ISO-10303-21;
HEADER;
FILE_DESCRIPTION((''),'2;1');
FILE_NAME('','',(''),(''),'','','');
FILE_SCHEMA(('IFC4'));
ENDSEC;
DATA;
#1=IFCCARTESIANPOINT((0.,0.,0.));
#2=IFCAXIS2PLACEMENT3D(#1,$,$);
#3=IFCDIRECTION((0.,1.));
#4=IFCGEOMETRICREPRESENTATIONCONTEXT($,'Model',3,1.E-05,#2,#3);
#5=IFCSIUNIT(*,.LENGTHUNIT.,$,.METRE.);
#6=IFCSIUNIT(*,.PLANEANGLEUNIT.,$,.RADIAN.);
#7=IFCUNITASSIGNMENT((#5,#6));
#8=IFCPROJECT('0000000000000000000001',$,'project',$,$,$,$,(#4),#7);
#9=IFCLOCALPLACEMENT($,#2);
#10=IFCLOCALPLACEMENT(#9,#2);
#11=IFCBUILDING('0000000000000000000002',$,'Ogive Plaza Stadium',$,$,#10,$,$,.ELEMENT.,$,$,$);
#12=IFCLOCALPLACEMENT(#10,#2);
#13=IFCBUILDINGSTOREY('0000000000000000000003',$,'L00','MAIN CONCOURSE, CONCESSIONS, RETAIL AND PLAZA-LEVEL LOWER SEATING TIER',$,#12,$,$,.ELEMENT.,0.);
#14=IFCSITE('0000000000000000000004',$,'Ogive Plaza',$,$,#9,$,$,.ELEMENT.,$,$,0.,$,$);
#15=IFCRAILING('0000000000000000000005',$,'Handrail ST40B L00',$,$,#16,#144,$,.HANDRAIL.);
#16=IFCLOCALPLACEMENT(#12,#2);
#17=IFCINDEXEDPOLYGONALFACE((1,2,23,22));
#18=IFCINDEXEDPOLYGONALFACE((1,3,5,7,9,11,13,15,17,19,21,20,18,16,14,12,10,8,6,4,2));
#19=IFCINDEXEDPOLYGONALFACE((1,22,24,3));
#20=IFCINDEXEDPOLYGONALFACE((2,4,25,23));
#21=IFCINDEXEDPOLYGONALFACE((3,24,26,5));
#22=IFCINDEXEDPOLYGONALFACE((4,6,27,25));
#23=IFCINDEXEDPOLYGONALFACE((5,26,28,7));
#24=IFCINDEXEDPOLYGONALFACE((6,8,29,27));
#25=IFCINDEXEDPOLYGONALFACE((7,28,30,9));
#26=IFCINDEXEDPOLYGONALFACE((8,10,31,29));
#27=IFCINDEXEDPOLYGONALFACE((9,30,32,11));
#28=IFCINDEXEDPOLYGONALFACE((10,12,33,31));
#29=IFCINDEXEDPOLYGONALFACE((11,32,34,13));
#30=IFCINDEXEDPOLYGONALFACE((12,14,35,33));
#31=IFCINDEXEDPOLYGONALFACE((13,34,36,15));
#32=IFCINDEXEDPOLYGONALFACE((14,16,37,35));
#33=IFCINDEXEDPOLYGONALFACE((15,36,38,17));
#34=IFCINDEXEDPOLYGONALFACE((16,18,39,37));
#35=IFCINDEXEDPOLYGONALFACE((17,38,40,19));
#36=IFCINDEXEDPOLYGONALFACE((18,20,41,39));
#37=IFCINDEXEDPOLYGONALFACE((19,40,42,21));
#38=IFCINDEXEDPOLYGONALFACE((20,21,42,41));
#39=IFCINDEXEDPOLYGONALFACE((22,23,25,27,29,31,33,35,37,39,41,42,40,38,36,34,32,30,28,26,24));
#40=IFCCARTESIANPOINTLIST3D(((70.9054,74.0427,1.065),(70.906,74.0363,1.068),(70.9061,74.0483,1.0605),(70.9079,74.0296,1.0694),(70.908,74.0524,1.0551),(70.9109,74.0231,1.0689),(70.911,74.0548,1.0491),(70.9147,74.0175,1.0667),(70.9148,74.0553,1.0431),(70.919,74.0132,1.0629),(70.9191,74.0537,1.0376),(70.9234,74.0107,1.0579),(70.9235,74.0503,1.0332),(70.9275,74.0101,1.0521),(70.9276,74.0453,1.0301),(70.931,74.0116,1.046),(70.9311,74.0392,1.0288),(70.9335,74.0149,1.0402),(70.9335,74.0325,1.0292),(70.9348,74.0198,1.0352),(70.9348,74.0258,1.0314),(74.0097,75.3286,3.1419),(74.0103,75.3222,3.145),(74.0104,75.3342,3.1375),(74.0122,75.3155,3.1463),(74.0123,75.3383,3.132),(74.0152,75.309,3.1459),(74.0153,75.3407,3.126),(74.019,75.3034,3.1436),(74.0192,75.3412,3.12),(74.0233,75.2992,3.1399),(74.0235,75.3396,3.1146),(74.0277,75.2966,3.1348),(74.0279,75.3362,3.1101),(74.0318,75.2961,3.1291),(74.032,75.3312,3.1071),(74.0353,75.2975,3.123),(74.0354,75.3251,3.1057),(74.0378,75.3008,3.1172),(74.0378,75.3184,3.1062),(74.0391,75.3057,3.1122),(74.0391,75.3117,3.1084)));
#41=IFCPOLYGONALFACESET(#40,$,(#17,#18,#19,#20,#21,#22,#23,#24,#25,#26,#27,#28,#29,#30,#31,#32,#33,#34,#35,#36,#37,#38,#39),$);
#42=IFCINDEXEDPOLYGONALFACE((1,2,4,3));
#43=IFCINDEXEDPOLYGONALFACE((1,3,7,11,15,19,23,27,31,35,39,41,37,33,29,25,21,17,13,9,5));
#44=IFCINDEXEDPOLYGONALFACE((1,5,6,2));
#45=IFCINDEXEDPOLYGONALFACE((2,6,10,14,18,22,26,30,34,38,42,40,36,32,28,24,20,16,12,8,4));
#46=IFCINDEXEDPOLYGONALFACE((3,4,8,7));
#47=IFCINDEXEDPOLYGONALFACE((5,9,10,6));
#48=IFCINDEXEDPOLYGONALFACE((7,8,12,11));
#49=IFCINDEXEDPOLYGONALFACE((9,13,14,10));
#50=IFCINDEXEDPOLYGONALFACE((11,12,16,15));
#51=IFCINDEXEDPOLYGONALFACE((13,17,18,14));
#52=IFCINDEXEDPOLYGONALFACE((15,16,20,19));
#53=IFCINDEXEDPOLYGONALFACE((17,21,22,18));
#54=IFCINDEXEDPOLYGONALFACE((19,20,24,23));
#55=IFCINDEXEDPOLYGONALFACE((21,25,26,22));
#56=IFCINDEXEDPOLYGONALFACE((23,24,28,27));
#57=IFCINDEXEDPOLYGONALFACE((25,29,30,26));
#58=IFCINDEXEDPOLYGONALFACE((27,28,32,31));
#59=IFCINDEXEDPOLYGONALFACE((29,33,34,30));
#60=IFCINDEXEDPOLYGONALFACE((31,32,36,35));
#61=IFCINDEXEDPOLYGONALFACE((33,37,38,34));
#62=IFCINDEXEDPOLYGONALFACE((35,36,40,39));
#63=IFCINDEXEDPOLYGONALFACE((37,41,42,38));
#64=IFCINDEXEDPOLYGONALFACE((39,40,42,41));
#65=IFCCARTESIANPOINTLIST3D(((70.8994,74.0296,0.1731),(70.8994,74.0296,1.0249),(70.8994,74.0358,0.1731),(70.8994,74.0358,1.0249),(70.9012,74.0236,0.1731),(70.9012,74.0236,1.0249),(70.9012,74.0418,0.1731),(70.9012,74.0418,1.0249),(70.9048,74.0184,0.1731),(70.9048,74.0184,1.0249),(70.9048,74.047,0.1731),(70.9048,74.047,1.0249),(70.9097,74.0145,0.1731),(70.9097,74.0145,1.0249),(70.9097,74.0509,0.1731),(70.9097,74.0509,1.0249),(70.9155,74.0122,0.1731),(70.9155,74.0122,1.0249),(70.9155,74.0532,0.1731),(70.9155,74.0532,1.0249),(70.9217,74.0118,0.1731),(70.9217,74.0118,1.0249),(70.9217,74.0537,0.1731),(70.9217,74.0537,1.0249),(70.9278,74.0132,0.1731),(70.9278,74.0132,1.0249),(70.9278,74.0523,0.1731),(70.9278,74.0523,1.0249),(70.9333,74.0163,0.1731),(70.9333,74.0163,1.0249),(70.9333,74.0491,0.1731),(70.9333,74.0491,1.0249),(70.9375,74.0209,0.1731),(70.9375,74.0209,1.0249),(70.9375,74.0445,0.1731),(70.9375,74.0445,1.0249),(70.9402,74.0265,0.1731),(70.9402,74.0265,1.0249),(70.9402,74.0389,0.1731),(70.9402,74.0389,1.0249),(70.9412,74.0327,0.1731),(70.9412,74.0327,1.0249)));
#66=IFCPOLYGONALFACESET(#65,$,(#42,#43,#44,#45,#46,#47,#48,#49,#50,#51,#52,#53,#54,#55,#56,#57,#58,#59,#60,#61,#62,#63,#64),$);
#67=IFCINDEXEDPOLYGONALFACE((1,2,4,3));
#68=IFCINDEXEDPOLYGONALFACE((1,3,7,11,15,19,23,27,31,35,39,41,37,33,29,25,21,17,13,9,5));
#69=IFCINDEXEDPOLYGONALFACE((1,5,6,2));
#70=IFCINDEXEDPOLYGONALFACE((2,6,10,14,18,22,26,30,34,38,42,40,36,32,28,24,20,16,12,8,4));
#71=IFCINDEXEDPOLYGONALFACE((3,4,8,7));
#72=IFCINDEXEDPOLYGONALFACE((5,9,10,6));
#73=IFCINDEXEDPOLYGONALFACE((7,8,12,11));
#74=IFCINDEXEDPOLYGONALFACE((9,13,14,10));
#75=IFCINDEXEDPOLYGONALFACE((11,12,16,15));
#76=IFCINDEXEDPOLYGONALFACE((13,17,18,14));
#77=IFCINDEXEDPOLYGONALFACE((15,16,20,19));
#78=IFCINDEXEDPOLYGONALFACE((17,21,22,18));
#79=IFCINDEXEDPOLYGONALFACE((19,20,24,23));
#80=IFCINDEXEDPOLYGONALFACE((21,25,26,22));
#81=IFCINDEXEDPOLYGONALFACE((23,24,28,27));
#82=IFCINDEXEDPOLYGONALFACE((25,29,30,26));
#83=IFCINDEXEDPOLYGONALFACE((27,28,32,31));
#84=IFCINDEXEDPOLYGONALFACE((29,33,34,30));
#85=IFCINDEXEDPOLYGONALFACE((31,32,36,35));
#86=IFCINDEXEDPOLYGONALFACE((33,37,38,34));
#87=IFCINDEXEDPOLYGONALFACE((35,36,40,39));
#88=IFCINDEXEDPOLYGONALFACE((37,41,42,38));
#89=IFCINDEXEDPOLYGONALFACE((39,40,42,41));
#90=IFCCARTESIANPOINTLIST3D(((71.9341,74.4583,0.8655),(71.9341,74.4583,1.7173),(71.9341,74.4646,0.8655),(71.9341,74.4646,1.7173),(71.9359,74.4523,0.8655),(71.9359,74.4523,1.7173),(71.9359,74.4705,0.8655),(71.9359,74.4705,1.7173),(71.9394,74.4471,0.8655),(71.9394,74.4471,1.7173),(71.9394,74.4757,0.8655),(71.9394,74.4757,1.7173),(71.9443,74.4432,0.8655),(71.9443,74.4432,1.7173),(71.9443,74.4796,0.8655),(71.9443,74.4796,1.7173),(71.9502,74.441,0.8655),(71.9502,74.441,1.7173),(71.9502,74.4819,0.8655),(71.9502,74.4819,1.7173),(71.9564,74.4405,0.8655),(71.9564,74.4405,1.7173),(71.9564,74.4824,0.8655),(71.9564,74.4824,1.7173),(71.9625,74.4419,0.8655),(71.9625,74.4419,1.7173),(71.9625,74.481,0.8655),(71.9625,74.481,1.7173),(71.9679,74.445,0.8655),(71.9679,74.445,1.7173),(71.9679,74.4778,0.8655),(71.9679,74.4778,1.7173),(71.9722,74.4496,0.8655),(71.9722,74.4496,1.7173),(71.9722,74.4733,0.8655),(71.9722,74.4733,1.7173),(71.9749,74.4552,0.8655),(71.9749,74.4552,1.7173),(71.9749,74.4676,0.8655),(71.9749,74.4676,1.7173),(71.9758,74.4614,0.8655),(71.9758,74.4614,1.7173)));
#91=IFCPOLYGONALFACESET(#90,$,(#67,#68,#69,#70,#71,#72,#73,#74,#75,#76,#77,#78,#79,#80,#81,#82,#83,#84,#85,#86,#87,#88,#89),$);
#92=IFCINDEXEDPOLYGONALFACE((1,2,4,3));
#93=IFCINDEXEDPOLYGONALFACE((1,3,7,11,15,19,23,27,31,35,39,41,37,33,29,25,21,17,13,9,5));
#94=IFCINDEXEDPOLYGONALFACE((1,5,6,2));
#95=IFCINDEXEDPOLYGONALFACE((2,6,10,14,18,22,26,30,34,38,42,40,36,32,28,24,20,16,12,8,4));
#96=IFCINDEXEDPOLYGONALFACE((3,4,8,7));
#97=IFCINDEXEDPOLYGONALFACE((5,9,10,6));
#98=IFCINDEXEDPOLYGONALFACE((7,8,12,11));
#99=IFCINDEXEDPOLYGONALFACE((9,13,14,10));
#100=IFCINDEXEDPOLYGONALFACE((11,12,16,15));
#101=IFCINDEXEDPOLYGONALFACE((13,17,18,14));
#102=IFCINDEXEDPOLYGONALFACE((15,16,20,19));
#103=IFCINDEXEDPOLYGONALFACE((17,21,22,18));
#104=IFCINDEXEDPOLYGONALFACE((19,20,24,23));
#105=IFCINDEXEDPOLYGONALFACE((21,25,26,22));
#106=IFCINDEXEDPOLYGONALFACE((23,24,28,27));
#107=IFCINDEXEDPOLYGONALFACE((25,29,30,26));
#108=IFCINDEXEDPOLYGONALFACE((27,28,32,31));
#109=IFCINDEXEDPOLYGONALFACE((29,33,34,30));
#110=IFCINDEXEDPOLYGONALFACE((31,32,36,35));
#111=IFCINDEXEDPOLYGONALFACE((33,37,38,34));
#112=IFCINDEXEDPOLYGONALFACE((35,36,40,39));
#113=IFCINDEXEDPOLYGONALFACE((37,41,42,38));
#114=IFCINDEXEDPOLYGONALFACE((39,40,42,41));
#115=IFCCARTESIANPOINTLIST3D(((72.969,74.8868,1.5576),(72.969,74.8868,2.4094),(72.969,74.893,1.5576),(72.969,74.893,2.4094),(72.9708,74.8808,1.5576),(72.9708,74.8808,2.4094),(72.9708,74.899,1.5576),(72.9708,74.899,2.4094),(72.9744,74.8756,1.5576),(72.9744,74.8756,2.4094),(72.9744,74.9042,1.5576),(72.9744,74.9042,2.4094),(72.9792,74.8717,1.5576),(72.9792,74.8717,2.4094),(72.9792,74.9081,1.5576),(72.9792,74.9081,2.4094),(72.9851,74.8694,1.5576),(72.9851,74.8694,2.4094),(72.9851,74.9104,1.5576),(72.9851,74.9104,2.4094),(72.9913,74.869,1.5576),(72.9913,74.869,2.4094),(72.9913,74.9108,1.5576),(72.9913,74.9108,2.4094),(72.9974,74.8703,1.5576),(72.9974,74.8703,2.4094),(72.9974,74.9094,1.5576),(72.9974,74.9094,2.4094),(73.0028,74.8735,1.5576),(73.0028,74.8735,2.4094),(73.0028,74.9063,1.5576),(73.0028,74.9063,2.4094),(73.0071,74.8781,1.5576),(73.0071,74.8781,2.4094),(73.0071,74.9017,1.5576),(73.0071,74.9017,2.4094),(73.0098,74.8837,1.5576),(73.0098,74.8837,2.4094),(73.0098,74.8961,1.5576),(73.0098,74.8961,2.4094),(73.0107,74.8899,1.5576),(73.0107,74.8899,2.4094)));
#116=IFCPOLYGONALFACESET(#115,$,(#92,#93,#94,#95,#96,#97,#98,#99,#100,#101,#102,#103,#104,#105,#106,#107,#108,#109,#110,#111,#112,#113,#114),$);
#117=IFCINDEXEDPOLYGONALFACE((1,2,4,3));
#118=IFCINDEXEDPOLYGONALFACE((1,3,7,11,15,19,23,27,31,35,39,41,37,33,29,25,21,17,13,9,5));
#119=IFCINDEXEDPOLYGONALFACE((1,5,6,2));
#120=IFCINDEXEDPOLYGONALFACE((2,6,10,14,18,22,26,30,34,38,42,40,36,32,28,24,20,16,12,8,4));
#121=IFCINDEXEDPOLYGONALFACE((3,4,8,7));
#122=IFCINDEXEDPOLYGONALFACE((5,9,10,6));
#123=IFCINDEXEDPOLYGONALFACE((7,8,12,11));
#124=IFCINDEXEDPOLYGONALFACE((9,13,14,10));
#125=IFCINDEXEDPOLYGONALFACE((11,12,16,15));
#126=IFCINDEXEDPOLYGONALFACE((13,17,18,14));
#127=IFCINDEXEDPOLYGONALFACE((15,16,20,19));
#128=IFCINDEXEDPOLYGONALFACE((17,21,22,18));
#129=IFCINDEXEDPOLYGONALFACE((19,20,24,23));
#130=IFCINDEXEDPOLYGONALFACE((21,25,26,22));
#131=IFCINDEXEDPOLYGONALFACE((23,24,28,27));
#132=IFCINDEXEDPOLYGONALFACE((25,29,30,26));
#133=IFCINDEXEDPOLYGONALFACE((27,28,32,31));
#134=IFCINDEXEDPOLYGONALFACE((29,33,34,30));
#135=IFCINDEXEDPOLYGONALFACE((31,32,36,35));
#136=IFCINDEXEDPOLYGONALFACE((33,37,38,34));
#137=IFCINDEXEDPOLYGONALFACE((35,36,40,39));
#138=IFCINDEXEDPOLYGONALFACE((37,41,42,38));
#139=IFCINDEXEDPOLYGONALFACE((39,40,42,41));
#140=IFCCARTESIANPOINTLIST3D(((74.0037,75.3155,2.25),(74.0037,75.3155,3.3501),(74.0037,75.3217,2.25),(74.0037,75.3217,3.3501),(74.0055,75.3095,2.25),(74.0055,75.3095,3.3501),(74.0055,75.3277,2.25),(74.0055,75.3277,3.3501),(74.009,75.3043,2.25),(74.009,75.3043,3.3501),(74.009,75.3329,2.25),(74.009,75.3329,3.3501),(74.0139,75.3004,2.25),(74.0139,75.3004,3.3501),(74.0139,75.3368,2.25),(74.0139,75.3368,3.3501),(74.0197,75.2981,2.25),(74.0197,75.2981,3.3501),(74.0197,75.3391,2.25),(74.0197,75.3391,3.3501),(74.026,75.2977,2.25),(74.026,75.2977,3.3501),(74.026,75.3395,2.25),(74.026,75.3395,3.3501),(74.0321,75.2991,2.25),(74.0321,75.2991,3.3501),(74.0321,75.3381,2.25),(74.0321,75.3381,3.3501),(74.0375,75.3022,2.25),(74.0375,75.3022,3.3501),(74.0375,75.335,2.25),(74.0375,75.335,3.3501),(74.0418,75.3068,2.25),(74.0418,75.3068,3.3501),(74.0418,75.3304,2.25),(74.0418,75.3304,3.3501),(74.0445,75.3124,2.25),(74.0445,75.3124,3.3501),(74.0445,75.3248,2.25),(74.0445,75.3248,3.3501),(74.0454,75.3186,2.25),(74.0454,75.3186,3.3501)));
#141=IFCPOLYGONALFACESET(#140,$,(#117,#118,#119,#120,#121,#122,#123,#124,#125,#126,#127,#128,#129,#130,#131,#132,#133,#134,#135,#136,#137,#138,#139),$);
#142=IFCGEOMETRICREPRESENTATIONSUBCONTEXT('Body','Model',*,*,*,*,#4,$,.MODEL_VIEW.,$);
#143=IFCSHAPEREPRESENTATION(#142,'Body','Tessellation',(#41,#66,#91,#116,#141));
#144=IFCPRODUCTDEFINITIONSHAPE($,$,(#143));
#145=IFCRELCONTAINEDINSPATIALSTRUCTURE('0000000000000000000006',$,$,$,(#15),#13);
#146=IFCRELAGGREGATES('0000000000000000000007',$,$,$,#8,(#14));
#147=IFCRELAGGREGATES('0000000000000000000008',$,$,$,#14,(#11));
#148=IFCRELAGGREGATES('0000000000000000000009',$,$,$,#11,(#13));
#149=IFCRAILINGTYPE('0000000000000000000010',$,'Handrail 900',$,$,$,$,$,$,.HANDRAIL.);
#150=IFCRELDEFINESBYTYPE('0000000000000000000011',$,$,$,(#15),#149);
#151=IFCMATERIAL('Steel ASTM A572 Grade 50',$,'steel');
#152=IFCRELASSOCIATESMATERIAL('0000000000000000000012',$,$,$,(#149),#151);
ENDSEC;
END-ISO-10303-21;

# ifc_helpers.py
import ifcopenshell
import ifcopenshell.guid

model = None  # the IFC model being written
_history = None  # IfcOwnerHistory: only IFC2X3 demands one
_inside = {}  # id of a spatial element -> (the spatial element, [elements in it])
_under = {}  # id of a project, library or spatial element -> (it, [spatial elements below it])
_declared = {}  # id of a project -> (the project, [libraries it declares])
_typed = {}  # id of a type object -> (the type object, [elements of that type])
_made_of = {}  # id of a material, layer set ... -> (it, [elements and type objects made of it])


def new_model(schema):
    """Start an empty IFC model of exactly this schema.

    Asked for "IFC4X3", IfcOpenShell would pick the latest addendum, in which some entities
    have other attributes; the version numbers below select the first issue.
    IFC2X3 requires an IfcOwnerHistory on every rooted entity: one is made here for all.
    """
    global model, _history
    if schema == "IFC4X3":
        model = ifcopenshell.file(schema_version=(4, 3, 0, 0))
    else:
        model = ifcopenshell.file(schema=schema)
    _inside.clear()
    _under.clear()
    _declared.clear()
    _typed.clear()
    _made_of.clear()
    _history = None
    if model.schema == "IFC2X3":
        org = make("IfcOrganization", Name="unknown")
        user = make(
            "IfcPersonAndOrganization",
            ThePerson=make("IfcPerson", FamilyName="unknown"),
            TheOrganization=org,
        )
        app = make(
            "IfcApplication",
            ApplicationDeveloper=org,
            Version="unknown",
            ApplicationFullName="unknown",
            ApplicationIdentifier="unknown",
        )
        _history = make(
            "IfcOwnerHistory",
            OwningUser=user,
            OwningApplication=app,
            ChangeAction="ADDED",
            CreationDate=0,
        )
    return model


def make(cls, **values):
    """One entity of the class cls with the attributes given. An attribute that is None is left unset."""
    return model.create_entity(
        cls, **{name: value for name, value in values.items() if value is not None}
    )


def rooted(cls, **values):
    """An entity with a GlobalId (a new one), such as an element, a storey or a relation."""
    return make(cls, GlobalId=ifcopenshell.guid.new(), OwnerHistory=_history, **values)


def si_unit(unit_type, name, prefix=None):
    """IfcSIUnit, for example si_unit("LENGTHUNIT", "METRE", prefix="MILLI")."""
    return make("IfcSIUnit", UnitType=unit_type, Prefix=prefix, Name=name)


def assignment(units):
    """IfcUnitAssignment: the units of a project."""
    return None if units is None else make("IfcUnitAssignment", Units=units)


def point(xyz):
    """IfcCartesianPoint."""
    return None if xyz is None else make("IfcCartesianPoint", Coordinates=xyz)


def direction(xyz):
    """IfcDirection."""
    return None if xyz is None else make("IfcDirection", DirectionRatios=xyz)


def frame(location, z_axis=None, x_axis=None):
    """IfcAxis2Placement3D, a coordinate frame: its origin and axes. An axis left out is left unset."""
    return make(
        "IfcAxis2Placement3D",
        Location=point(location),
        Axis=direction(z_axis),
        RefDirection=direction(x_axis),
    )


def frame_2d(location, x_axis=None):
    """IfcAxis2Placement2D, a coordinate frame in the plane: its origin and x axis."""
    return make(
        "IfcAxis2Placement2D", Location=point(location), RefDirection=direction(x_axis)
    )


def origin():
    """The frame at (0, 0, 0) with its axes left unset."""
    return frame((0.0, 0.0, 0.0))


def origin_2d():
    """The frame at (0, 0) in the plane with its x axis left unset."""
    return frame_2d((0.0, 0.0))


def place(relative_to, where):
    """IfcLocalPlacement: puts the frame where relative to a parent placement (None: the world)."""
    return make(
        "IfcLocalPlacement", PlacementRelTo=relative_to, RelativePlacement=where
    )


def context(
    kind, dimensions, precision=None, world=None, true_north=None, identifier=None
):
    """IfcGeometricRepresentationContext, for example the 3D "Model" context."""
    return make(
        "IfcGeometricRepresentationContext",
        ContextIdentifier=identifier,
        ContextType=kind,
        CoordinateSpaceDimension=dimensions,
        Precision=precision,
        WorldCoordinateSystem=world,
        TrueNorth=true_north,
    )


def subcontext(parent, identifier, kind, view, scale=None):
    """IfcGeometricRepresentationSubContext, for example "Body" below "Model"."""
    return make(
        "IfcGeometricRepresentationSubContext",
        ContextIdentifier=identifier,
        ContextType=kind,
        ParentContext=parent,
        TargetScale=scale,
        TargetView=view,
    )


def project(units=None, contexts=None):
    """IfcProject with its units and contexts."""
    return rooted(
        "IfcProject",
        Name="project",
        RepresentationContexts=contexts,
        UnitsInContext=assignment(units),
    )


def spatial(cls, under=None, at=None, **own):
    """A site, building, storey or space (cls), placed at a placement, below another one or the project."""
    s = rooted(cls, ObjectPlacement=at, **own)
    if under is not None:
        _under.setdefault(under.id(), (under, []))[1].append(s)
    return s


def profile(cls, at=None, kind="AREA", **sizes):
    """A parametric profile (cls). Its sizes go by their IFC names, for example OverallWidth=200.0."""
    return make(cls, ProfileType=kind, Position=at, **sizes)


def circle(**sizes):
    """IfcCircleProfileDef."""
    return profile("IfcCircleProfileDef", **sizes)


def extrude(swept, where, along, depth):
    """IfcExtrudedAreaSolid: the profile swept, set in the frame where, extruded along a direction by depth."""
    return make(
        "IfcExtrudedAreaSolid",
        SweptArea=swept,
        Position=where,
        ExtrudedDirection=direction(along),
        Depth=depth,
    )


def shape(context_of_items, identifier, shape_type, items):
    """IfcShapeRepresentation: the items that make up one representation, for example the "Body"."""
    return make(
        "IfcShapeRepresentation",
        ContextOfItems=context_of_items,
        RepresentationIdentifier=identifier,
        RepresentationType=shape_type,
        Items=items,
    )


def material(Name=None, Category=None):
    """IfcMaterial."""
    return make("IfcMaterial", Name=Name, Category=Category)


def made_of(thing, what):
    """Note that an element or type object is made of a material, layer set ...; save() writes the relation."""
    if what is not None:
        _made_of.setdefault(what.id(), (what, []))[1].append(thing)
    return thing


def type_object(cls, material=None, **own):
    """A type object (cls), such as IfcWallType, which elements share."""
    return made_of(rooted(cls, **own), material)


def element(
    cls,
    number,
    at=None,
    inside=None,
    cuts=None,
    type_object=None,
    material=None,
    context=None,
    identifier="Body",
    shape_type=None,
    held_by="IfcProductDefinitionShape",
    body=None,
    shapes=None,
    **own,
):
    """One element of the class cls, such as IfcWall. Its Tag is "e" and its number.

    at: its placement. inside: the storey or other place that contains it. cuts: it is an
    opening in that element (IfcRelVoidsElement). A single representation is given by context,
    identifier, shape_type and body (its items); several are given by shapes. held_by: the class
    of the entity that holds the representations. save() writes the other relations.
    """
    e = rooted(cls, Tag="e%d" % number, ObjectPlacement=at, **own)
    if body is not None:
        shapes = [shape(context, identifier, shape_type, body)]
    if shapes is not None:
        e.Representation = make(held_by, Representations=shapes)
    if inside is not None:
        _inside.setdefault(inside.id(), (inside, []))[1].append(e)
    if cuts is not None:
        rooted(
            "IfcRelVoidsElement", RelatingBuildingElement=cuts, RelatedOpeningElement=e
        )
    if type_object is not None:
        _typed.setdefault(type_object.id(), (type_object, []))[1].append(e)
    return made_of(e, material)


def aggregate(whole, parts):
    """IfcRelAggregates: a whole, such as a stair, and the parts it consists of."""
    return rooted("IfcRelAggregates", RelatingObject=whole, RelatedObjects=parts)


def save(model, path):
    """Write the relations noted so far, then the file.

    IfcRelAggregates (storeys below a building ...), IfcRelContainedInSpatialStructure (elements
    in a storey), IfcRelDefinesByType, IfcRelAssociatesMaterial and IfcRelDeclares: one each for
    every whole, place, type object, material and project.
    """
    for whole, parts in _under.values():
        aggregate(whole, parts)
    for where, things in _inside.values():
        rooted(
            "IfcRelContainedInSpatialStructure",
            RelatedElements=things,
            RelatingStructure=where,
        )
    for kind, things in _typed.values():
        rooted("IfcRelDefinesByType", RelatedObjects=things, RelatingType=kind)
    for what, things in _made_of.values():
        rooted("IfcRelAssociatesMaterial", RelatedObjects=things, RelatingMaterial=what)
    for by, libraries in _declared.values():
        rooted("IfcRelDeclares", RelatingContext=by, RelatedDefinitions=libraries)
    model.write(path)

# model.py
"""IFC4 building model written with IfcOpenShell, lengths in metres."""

from ifc_helpers import new_model, si_unit, direction, frame, origin, origin_2d, place, context, subcontext, project, spatial, circle, extrude, material, type_object, element, save


model = new_model("IFC4")

# Units and contexts
model_context = context("Model", 3, precision=1e-05, world=origin(), true_north=direction((0.0, 1.0)))
body_context = subcontext(model_context, "Body", "Model", "MODEL_VIEW")
ifc_project = project(units=[si_unit("LENGTHUNIT", "METRE"), si_unit("PLANEANGLEUNIT", "RADIAN")], contexts=[model_context])

# Site, building, storey
site_placement = place(None, origin())
site = spatial("IfcSite", under=ifc_project, at=site_placement, Name="Ogive Plaza", CompositionType="ELEMENT", RefElevation=0.0)
building_placement = place(site_placement, origin())
building = spatial("IfcBuilding", under=site, at=building_placement, Name="Ogive Plaza Stadium", CompositionType="ELEMENT")
storey_placement = place(building_placement, origin())
storey = spatial("IfcBuildingStorey", under=building, at=storey_placement, Name="L00", Description="MAIN CONCOURSE, CONCESSIONS, RETAIL AND PLAZA-LEVEL LOWER SEATING TIER", CompositionType="ELEMENT", Elevation=0.0)

# Railing
ifc_material_1 = material(Name="Steel ASTM A572 Grade 50", Category="steel")
railing_type_1 = type_object("IfcRailingType", Name="Handrail 900", PredefinedType="HANDRAIL", material=ifc_material_1)
railing_1_placement = place(storey_placement, frame((70.9202, 74.0327, 0.1731)))
element("IfcRailing", 1, at=railing_1_placement, inside=storey, type_object=railing_type_1, Name="Handrail ST40B L00", PredefinedType="HANDRAIL", context=body_context, shape_type="SweptSolid", body=[
    extrude(circle(Radius=0.0239, at=origin_2d()), frame((0.0, 0.0, 0.876), z_axis=(0.785863, 0.325532, 0.525783), x_axis=(-0.3827, 0.923872, 0.0)), (0.0, 0.0, 1.0), 3.9502),
    extrude(circle(Radius=0.021, at=origin_2d()), origin(), (0.0, 0.0, 1.0), 0.8518),
    extrude(circle(Radius=0.021, at=origin_2d()), frame((1.0347, 0.4287, 0.6924)), (0.0, 0.0, 1.0), 0.8518),
    extrude(circle(Radius=0.021, at=origin_2d()), frame((2.0696, 0.8572, 1.3845)), (0.0, 0.0, 1.0), 0.8518),
    extrude(circle(Radius=0.021, at=origin_2d()), frame((3.1042, 1.2859, 2.0769)), (0.0, 0.0, 1.0), 1.1001),
])

save(model, "model.ifc")
